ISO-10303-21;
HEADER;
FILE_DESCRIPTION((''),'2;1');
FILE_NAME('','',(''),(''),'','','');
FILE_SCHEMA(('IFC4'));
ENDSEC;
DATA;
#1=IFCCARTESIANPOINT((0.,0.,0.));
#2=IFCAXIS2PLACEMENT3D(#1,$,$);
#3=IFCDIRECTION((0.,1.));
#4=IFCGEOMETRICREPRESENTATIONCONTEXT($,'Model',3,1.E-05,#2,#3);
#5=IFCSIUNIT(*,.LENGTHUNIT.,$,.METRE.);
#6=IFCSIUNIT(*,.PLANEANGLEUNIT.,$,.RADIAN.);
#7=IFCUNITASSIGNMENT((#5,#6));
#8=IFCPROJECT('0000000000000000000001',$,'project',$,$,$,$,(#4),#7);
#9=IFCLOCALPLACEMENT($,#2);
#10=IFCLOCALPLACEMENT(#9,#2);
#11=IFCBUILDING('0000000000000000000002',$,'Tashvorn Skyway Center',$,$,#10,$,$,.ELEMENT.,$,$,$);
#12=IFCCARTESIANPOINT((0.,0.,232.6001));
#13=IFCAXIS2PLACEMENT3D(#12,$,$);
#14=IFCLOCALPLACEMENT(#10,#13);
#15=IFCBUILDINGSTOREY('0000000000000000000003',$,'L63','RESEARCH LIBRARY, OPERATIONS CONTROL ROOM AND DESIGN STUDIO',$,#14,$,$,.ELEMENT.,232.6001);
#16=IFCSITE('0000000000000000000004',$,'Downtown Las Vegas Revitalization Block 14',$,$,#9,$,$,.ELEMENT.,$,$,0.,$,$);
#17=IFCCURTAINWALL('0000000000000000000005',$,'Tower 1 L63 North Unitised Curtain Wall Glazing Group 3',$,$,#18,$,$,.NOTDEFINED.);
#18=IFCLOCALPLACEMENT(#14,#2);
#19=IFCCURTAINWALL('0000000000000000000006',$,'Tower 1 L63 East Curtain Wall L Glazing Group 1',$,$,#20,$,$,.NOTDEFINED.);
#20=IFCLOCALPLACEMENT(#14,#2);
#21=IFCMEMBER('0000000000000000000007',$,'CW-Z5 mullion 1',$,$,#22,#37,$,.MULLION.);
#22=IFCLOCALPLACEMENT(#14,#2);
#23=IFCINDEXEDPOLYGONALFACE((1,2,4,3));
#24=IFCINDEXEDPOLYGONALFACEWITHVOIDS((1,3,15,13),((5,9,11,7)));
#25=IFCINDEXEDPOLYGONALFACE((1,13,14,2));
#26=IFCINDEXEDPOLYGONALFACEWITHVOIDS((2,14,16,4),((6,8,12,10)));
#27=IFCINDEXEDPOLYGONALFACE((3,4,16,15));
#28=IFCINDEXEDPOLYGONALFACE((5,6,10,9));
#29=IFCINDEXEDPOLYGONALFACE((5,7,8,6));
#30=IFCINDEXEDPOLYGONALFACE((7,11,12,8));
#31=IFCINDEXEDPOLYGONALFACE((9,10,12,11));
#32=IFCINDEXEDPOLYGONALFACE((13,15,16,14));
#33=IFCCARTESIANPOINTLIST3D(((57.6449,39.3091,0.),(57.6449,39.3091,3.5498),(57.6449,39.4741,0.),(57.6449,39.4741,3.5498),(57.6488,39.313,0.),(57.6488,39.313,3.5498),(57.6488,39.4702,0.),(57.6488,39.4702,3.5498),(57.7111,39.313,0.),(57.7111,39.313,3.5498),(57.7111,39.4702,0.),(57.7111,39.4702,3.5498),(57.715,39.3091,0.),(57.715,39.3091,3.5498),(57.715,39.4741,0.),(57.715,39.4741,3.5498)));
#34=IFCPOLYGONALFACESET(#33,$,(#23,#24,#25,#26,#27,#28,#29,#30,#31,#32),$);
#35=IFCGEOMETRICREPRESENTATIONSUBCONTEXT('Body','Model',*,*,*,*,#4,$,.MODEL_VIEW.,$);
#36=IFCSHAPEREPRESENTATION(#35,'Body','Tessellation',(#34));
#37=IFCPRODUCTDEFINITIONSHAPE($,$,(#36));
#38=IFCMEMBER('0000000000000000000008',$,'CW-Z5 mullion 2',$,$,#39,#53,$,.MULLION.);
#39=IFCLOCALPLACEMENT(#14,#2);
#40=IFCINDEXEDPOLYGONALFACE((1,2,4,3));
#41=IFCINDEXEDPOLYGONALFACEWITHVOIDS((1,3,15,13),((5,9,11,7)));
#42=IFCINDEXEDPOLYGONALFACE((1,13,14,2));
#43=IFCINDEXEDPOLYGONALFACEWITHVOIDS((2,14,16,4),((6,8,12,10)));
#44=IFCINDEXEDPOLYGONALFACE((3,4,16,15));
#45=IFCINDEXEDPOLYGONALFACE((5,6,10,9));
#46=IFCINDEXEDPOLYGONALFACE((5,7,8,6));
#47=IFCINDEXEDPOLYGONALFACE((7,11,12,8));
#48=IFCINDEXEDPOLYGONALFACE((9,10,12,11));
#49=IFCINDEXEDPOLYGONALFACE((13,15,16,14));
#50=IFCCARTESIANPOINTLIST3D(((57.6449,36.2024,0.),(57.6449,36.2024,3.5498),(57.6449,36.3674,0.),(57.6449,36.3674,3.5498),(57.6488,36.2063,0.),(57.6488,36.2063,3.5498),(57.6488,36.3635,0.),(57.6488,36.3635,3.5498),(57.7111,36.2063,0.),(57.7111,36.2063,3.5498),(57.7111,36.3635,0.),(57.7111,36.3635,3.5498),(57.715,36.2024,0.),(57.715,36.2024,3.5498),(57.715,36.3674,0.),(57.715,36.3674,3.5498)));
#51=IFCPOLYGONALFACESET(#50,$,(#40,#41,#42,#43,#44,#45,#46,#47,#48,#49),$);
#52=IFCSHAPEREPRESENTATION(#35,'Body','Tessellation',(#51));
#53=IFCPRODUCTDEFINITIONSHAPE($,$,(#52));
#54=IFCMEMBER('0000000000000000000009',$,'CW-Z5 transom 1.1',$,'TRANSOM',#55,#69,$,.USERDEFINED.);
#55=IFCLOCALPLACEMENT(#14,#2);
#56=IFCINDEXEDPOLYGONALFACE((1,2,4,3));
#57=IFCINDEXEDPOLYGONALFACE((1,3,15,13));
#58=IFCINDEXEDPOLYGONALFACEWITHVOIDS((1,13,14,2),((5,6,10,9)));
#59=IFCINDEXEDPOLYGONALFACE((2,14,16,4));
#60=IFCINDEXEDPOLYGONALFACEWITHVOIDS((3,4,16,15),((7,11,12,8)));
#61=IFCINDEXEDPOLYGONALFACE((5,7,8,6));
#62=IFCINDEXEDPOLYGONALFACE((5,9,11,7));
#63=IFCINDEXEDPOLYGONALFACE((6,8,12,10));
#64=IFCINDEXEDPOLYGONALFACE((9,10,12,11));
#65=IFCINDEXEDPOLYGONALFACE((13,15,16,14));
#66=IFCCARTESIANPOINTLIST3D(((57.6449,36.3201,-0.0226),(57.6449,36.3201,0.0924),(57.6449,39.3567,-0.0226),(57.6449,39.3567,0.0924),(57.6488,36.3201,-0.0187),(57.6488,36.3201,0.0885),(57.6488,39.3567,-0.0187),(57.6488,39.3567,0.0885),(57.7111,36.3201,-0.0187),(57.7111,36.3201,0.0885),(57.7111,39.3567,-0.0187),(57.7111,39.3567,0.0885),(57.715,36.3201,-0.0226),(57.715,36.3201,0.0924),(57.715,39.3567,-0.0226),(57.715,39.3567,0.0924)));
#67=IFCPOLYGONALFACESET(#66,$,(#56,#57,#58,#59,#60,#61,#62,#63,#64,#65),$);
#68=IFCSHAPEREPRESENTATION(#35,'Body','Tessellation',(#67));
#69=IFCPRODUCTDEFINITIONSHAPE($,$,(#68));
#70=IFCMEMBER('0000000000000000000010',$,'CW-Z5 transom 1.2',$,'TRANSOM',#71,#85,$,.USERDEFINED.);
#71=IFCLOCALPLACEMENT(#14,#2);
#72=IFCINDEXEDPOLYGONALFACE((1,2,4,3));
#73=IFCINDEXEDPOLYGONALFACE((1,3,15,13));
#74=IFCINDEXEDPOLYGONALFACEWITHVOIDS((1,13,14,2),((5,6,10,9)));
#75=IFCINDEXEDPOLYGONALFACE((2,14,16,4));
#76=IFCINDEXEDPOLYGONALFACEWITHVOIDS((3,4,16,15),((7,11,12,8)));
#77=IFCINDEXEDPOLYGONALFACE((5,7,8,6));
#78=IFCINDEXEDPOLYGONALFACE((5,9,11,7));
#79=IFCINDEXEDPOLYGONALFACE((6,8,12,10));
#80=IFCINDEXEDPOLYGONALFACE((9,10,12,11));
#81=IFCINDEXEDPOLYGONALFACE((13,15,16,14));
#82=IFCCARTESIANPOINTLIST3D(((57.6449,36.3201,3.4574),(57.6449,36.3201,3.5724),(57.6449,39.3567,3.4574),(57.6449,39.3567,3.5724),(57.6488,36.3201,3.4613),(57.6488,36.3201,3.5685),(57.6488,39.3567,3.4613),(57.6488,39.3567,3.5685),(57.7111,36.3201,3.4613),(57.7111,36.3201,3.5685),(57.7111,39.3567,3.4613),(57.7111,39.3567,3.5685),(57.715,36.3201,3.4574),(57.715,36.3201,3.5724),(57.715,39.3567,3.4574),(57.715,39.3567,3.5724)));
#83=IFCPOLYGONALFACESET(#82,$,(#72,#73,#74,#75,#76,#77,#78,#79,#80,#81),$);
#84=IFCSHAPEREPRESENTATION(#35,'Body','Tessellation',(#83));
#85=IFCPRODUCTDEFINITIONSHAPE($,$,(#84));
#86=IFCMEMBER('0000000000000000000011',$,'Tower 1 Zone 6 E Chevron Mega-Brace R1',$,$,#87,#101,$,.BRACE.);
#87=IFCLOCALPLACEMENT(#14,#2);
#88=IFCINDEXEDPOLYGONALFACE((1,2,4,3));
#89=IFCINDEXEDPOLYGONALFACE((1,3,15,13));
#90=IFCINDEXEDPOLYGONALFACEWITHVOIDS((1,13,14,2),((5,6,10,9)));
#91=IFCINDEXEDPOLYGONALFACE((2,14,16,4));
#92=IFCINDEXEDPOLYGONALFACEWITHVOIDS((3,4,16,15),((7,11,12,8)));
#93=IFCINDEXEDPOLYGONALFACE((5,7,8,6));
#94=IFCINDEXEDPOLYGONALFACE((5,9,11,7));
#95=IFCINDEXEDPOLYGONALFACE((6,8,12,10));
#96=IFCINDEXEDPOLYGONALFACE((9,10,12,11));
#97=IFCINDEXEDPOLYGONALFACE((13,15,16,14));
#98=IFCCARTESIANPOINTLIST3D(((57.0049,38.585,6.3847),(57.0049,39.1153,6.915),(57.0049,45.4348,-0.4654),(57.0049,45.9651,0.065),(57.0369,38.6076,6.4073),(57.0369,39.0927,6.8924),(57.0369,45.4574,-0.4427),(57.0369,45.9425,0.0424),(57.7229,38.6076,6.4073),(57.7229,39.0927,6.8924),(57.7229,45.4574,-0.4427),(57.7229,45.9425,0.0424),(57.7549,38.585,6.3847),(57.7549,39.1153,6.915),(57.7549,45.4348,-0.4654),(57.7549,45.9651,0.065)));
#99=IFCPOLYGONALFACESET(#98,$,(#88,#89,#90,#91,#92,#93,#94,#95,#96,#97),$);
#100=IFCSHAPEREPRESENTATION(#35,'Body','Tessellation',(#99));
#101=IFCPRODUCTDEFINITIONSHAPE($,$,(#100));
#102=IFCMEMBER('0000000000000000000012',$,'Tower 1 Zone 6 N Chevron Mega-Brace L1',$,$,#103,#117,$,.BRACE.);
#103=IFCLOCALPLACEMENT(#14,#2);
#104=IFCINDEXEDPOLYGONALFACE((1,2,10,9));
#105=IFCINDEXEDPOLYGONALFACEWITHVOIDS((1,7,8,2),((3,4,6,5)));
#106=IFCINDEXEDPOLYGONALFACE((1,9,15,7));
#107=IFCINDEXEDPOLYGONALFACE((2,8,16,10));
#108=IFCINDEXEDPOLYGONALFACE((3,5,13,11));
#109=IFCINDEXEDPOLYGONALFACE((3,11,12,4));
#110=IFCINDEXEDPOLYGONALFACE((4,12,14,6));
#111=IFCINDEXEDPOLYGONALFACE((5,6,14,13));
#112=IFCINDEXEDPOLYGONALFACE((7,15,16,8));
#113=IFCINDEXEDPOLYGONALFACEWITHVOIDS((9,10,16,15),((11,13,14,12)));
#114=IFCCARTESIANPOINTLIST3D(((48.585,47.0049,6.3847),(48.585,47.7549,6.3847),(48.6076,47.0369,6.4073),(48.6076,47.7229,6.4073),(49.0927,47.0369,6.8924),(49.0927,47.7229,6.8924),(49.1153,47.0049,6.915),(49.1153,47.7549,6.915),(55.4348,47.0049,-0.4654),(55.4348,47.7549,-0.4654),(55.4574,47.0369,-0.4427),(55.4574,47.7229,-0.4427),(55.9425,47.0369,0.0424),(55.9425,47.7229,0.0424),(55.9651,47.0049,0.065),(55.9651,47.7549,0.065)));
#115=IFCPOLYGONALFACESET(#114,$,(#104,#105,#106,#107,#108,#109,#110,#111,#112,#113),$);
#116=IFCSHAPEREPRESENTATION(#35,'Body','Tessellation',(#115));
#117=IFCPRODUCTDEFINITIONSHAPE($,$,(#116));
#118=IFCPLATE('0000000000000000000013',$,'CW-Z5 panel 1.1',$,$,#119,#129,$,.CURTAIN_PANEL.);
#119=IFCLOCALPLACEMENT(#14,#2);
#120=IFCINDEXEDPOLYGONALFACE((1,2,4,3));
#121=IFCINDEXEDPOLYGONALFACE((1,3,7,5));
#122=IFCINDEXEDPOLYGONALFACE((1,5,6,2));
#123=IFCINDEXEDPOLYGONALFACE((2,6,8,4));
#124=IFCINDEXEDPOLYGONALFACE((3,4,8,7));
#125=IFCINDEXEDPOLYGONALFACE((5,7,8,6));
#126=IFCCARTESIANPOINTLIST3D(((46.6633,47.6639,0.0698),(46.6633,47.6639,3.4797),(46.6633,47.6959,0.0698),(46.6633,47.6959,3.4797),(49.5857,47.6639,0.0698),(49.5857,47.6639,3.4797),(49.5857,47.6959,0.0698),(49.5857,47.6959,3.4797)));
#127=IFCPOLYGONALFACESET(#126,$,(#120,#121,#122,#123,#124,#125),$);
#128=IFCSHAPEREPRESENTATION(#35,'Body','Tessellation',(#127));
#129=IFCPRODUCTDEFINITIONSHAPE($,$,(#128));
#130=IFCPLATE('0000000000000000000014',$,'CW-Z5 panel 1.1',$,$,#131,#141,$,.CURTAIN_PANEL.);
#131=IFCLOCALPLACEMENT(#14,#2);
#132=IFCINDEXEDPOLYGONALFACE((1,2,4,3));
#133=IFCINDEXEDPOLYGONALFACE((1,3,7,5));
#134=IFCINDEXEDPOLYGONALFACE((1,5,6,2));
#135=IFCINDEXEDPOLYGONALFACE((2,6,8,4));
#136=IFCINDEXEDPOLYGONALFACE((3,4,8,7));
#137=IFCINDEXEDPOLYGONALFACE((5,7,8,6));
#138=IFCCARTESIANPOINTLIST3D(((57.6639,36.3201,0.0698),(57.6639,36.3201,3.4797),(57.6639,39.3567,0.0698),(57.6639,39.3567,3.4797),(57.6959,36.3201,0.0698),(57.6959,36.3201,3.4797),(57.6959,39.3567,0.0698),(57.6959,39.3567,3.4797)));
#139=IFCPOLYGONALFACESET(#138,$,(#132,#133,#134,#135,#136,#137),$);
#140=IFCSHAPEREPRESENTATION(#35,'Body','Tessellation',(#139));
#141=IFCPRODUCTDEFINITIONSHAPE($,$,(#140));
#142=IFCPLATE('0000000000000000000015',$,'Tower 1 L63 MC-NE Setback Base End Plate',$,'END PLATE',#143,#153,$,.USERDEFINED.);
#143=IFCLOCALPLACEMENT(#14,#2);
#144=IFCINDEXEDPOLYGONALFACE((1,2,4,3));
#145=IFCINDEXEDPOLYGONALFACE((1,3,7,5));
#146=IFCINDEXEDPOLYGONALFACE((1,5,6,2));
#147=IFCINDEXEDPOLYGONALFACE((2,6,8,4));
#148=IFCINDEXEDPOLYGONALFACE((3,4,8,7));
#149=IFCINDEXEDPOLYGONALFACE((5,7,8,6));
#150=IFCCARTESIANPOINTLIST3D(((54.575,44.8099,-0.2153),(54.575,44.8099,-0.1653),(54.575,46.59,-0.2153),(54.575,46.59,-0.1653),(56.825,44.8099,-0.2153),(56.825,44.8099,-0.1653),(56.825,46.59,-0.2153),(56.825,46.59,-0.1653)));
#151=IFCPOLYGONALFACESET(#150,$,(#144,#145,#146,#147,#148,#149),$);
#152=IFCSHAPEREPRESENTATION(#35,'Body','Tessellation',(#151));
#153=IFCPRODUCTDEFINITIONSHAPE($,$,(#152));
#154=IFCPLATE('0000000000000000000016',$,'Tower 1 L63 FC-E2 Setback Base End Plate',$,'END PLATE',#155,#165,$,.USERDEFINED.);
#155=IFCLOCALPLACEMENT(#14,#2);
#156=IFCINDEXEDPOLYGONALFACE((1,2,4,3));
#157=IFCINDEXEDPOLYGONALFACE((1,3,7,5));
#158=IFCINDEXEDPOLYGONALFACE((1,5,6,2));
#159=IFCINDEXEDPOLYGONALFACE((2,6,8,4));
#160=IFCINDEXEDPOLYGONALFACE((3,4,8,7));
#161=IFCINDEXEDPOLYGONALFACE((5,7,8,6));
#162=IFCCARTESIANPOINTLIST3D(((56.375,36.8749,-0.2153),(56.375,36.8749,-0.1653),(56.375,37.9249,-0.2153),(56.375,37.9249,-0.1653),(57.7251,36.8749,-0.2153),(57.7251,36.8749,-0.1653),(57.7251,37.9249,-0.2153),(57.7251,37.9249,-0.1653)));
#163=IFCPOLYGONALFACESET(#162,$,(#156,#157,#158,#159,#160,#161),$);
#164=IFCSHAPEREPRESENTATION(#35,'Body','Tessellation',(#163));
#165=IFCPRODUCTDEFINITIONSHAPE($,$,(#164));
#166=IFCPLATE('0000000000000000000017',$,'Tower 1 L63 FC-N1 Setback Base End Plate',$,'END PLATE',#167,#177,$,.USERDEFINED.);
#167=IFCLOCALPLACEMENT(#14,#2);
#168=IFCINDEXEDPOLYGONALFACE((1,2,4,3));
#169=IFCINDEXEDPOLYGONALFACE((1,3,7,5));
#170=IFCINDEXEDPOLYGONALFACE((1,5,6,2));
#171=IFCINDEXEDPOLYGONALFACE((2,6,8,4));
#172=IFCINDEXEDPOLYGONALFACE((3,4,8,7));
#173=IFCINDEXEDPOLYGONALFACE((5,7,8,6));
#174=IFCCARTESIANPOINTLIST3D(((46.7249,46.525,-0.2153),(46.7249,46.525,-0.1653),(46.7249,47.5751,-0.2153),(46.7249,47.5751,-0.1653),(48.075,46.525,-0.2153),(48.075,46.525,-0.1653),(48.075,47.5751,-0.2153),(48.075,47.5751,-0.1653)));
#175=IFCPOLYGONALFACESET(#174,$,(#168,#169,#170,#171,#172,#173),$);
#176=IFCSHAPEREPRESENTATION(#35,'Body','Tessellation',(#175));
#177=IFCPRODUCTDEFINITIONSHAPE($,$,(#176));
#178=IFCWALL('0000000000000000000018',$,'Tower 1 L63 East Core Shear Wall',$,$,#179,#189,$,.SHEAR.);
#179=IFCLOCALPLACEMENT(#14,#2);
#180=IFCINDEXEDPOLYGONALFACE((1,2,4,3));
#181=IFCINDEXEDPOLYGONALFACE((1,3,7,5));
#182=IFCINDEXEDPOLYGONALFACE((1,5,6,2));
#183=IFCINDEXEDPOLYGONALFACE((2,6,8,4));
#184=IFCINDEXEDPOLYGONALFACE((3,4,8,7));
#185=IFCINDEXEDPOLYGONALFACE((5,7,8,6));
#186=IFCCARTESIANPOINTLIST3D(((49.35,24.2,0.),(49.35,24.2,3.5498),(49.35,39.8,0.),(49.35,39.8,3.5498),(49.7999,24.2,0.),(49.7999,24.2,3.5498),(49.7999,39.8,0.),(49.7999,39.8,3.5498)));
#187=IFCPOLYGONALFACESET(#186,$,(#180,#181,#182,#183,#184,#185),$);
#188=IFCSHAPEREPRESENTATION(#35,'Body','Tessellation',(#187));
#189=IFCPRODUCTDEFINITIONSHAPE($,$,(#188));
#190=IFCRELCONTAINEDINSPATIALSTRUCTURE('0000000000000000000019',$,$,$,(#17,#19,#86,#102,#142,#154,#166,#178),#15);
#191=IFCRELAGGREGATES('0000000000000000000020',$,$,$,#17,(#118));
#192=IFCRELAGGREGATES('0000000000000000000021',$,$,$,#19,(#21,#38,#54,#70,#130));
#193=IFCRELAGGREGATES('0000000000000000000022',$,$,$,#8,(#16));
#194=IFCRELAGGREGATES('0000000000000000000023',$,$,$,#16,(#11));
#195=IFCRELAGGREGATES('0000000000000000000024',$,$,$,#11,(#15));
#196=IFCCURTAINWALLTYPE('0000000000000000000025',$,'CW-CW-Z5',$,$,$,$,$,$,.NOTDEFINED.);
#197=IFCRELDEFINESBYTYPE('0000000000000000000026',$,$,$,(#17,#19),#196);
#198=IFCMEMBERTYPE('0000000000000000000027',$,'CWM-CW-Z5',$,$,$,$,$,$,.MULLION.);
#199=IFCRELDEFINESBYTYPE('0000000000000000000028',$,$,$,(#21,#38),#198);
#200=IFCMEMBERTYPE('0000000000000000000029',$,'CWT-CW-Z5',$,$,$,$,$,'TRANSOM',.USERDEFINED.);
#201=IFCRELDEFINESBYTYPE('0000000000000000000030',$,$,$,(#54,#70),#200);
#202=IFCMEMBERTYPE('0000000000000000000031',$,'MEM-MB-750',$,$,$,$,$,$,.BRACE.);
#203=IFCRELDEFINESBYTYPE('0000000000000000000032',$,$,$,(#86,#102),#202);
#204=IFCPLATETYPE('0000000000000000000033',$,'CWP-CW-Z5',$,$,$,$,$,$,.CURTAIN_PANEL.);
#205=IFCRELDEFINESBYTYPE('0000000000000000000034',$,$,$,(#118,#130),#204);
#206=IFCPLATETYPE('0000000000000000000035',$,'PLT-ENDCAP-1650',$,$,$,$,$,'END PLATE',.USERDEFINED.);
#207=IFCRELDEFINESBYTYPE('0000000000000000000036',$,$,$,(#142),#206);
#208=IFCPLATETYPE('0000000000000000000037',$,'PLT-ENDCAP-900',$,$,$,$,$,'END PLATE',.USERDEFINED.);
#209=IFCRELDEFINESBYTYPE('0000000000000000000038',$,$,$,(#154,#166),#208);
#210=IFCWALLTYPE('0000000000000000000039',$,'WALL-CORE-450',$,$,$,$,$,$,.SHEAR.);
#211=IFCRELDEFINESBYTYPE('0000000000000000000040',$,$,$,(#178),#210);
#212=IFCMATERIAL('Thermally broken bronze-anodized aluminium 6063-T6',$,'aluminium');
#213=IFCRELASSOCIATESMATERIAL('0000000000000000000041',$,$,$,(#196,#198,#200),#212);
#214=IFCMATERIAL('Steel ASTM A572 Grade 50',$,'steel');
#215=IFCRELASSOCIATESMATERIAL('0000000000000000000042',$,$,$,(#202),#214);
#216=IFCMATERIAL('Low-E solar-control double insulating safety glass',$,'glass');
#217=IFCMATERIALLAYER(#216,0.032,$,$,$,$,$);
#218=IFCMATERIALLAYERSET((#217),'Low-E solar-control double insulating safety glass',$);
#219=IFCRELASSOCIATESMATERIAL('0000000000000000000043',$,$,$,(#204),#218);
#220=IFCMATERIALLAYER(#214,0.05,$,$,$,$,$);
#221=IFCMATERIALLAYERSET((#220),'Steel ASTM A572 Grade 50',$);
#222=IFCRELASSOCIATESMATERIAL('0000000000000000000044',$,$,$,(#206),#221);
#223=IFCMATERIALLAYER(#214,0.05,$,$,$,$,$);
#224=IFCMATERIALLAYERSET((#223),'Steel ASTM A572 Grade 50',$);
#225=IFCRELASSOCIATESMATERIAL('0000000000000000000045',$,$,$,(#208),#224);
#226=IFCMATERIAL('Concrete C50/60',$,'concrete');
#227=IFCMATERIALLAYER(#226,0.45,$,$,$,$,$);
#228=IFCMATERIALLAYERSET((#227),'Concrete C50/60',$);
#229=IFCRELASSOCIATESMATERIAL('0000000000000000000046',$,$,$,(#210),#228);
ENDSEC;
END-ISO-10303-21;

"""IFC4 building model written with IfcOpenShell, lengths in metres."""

from ifc_helpers import new_model, si_unit, direction, frame, frame_2d, origin, origin_2d, place, context, subcontext, project, spatial, rectangle, hollow_rectangle, extrude, material, layer, layer_set, material_profile, profile_set, type_object, element, aggregate, save


model = new_model("IFC4")

# Units and contexts
model_context = context("Model", 3, precision=1e-05, world=origin(), true_north=direction((0.0, 1.0)))
body_context = subcontext(model_context, "Body", "Model", "MODEL_VIEW")
ifc_project = project(units=[si_unit("LENGTHUNIT", "METRE"), si_unit("PLANEANGLEUNIT", "RADIAN")], contexts=[model_context])

# Site, building, storey
site_placement = place(None, origin())
site = spatial("IfcSite", under=ifc_project, at=site_placement, Name="Downtown Las Vegas Revitalization Block 14", CompositionType="ELEMENT", RefElevation=0.0)
building_placement = place(site_placement, origin())
building = spatial("IfcBuilding", under=site, at=building_placement, Name="Tashvorn Skyway Center", CompositionType="ELEMENT")
storey_placement = place(building_placement, frame((0.0, 0.0, 232.6001)))
storey = spatial("IfcBuildingStorey", under=building, at=storey_placement, Name="L63", Description="RESEARCH LIBRARY, OPERATIONS CONTROL ROOM AND DESIGN STUDIO", CompositionType="ELEMENT", Elevation=232.6001)

# Shared definitions
ifc_material_1 = material(Name="Steel ASTM A572 Grade 50", Category="steel")

# Curtain wall
ifc_material_2 = material(Name="Thermally broken bronze-anodized aluminium 6063-T6", Category="aluminium")
curtain_wall_type = type_object("IfcCurtainWallType", Name="CW-CW-Z5", PredefinedType="NOTDEFINED", material=ifc_material_2)
curtain_wall_1_placement = place(storey_placement, origin())
curtain_wall_1 = element("IfcCurtainWall", 1, at=curtain_wall_1_placement, inside=storey, type_object=curtain_wall_type, Name="Tower 1 L63 North Unitised Curtain Wall Glazing Group 3", PredefinedType="NOTDEFINED")
ifc_material_profile_1 = material_profile(ifc_material_2, hollow_rectangle(XDim=0.0701, YDim=0.165, WallThickness=0.0039, at=origin_2d()), Name="ALU-MULL-70x165")
ifc_profile_set_1 = profile_set([ifc_material_profile_1], Name="Thermally broken bronze-anodized aluminium 6063-T6")
member_type_1 = type_object("IfcMemberType", Name="CWM-CW-Z5", PredefinedType="MULLION", material=ifc_profile_set_1)

# Curtain wall, members
curtain_wall_2_placement = place(storey_placement, origin())
curtain_wall_2 = element("IfcCurtainWall", 2, at=curtain_wall_2_placement, inside=storey, type_object=curtain_wall_type, Name="Tower 1 L63 East Curtain Wall L Glazing Group 1", PredefinedType="NOTDEFINED")
member_1_placement = place(storey_placement, frame((57.6799, 39.3916, 0.0), z_axis=(0.0, 0.0, 1.0), x_axis=(1.0, 0.0, 0.0)))
member_1 = element("IfcMember", 3, at=member_1_placement, type_object=member_type_1, Name="CW-Z5 mullion 1", PredefinedType="MULLION", context=body_context, shape_type="SweptSolid", body=[
    extrude(hollow_rectangle(XDim=0.0701, YDim=0.165, WallThickness=0.0039, at=origin_2d()), origin(), (0.0, 0.0, 1.0), 3.5498),
])
member_2_placement = place(storey_placement, frame((57.6799, 36.2849, 0.0), z_axis=(0.0, 0.0, 1.0), x_axis=(1.0, 0.0, 0.0)))
member_2 = element("IfcMember", 4, at=member_2_placement, type_object=member_type_1, Name="CW-Z5 mullion 2", PredefinedType="MULLION", context=body_context, shape_type="SweptSolid", body=[
    extrude(hollow_rectangle(XDim=0.0701, YDim=0.165, WallThickness=0.0039, at=origin_2d()), origin(), (0.0, 0.0, 1.0), 3.5498),
])
ifc_material_profile_2 = material_profile(ifc_material_2, hollow_rectangle(XDim=0.0701, YDim=0.115, WallThickness=0.0039, at=origin_2d()), Name="ALU-TRAN-70x115")
ifc_profile_set_2 = profile_set([ifc_material_profile_2], Name="Thermally broken bronze-anodized aluminium 6063-T6")
member_type_2 = type_object("IfcMemberType", Name="CWT-CW-Z5", ElementType="TRANSOM", PredefinedType="USERDEFINED", material=ifc_profile_set_2)
member_3_placement = place(storey_placement, frame((57.6799, 39.3567, 0.0349), z_axis=(0.0, -1.0, 0.0), x_axis=(1.0, 0.0, 0.0)))
member_3 = element("IfcMember", 5, at=member_3_placement, type_object=member_type_2, Name="CW-Z5 transom 1.1", ObjectType="TRANSOM", PredefinedType="USERDEFINED", context=body_context, shape_type="SweptSolid", body=[
    extrude(hollow_rectangle(XDim=0.0701, YDim=0.115, WallThickness=0.0039, at=origin_2d()), origin(), (0.0, 0.0, 1.0), 3.0366),
])
member_4_placement = place(storey_placement, frame((57.6799, 39.3567, 3.5149), z_axis=(0.0, -1.0, 0.0), x_axis=(1.0, 0.0, 0.0)))
member_4 = element("IfcMember", 6, at=member_4_placement, type_object=member_type_2, Name="CW-Z5 transom 1.2", ObjectType="TRANSOM", PredefinedType="USERDEFINED", context=body_context, shape_type="SweptSolid", body=[
    extrude(hollow_rectangle(XDim=0.0701, YDim=0.115, WallThickness=0.0039, at=origin_2d()), origin(), (0.0, 0.0, 1.0), 3.0366),
])

# Members
ifc_material_profile_3 = material_profile(ifc_material_1, hollow_rectangle(XDim=0.75, YDim=0.75, WallThickness=0.032, at=origin_2d()), Name="BOX750x750x32")
ifc_profile_set_3 = profile_set([ifc_material_profile_3], Name="Steel ASTM A572 Grade 50")
member_type_3 = type_object("IfcMemberType", Name="MEM-MB-750", PredefinedType="BRACE", material=ifc_profile_set_3)
for number, where, z_axis, x_axis, name in (
    (7, (57.3799, 45.7, -0.2002), (0.0, -0.707094, 0.707119), (1.0, 0.0, 0.0), "Tower 1 Zone 6 E Chevron Mega-Brace R1"),
    (8, (55.7, 47.3799, -0.2002), (-0.707094, 0.0, 0.707119), (0.0, -1.0, 0.0), "Tower 1 Zone 6 N Chevron Mega-Brace L1"),
):
    element("IfcMember", number, at=place(storey_placement, frame(where, z_axis=z_axis, x_axis=x_axis)), inside=storey, type_object=member_type_3, Name=name, PredefinedType="BRACE", context=body_context, shape_type="SweptSolid", body=[
        extrude(hollow_rectangle(XDim=0.75, YDim=0.75, WallThickness=0.032, at=origin_2d()), origin(), (0.0, 0.0, 1.0), 9.6873),
    ])

# Plates
ifc_material_3 = material(Name="Low-E solar-control double insulating safety glass", Category="glass")
ifc_layer_1 = layer(ifc_material_3, 0.032)
ifc_layer_set_1 = layer_set([ifc_layer_1], Name="Low-E solar-control double insulating safety glass")
plate_type_1 = type_object("IfcPlateType", Name="CWP-CW-Z5", PredefinedType="CURTAIN_PANEL", material=ifc_layer_set_1)
plate_1_placement = place(storey_placement, frame((48.1245, 47.6799, 0.0698), z_axis=(0.0, 0.0, 1.0), x_axis=(1.0, 0.0, 0.0)))
plate_1 = element("IfcPlate", 9, at=plate_1_placement, type_object=plate_type_1, Name="CW-Z5 panel 1.1", PredefinedType="CURTAIN_PANEL", context=body_context, shape_type="SweptSolid", body=[
    extrude(rectangle(XDim=2.9224, YDim=0.032, at=origin_2d()), origin(), (0.0, 0.0, 1.0), 3.4099),
])
aggregate(curtain_wall_1, [plate_1])
plate_2_placement = place(storey_placement, frame((57.6799, 37.8384, 0.0698), z_axis=(0.0, 0.0, 1.0), x_axis=(0.0, -1.0, 0.0)))
plate_2 = element("IfcPlate", 10, at=plate_2_placement, type_object=plate_type_1, Name="CW-Z5 panel 1.1", PredefinedType="CURTAIN_PANEL", context=body_context, shape_type="SweptSolid", body=[
    extrude(rectangle(XDim=3.0366, YDim=0.032, at=origin_2d()), origin(), (0.0, 0.0, 1.0), 3.4099),
])
aggregate(curtain_wall_2, [member_1, member_2, member_3, member_4, plate_2])

# Plates
ifc_layer_2 = layer(ifc_material_1, 0.05)
ifc_layer_set_2 = layer_set([ifc_layer_2], Name="Steel ASTM A572 Grade 50")
plate_type_2 = type_object("IfcPlateType", Name="PLT-ENDCAP-1650", ElementType="END PLATE", PredefinedType="USERDEFINED", material=ifc_layer_set_2)
plate_3_placement = place(storey_placement, frame((55.7, 45.7, -0.2153), z_axis=(0.0, 0.0, 1.0), x_axis=(1.0, 0.0, 0.0)))
element("IfcPlate", 11, at=plate_3_placement, inside=storey, type_object=plate_type_2, Name="Tower 1 L63 MC-NE Setback Base End Plate", ObjectType="END PLATE", PredefinedType="USERDEFINED", context=body_context, shape_type="SweptSolid", body=[
    extrude(rectangle(XDim=2.25, YDim=1.78, at=origin_2d()), origin(), (0.0, 0.0, 1.0), 0.05),
])
ifc_layer_3 = layer(ifc_material_1, 0.05)
ifc_layer_set_3 = layer_set([ifc_layer_3], Name="Steel ASTM A572 Grade 50")
plate_type_3 = type_object("IfcPlateType", Name="PLT-ENDCAP-900", ElementType="END PLATE", PredefinedType="USERDEFINED", material=ifc_layer_set_3)
for number, where, z_axis, x_axis, name in (
    (12, (57.05, 37.3999, -0.2153), (0.0, 0.0, 1.0), (1.0, 0.0, 0.0), "Tower 1 L63 FC-E2 Setback Base End Plate"),
    (13, (47.3999, 47.05, -0.2153), (0.0, 0.0, 1.0), (1.0, 0.0, 0.0), "Tower 1 L63 FC-N1 Setback Base End Plate"),
):
    element("IfcPlate", number, at=place(storey_placement, frame(where, z_axis=z_axis, x_axis=x_axis)), inside=storey, type_object=plate_type_3, Name=name, ObjectType="END PLATE", PredefinedType="USERDEFINED", context=body_context, shape_type="SweptSolid", body=[
        extrude(rectangle(XDim=1.3501, YDim=1.05, at=origin_2d()), origin(), (0.0, 0.0, 1.0), 0.05),
    ])

# Wall
ifc_material_4 = material(Name="Concrete C50/60", Category="concrete")
ifc_layer_4 = layer(ifc_material_4, 0.45)
ifc_layer_set_4 = layer_set([ifc_layer_4], Name="Concrete C50/60")
wall_type_1 = type_object("IfcWallType", Name="WALL-CORE-450", PredefinedType="SHEAR", material=ifc_layer_set_4)
wall_1_placement = place(storey_placement, frame((49.575, 39.8, 0.0), z_axis=(0.0, 0.0, 1.0), x_axis=(0.0, -1.0, 0.0)))
element("IfcWall", 14, at=wall_1_placement, inside=storey, type_object=wall_type_1, Name="Tower 1 L63 East Core Shear Wall", PredefinedType="SHEAR", context=body_context, shape_type="SweptSolid", body=[
    extrude(rectangle(XDim=15.6001, YDim=0.45, at=frame_2d((7.8, 0.0))), origin(), (0.0, 0.0, 1.0), 3.5498),
])

save(model, "model.ifc")
